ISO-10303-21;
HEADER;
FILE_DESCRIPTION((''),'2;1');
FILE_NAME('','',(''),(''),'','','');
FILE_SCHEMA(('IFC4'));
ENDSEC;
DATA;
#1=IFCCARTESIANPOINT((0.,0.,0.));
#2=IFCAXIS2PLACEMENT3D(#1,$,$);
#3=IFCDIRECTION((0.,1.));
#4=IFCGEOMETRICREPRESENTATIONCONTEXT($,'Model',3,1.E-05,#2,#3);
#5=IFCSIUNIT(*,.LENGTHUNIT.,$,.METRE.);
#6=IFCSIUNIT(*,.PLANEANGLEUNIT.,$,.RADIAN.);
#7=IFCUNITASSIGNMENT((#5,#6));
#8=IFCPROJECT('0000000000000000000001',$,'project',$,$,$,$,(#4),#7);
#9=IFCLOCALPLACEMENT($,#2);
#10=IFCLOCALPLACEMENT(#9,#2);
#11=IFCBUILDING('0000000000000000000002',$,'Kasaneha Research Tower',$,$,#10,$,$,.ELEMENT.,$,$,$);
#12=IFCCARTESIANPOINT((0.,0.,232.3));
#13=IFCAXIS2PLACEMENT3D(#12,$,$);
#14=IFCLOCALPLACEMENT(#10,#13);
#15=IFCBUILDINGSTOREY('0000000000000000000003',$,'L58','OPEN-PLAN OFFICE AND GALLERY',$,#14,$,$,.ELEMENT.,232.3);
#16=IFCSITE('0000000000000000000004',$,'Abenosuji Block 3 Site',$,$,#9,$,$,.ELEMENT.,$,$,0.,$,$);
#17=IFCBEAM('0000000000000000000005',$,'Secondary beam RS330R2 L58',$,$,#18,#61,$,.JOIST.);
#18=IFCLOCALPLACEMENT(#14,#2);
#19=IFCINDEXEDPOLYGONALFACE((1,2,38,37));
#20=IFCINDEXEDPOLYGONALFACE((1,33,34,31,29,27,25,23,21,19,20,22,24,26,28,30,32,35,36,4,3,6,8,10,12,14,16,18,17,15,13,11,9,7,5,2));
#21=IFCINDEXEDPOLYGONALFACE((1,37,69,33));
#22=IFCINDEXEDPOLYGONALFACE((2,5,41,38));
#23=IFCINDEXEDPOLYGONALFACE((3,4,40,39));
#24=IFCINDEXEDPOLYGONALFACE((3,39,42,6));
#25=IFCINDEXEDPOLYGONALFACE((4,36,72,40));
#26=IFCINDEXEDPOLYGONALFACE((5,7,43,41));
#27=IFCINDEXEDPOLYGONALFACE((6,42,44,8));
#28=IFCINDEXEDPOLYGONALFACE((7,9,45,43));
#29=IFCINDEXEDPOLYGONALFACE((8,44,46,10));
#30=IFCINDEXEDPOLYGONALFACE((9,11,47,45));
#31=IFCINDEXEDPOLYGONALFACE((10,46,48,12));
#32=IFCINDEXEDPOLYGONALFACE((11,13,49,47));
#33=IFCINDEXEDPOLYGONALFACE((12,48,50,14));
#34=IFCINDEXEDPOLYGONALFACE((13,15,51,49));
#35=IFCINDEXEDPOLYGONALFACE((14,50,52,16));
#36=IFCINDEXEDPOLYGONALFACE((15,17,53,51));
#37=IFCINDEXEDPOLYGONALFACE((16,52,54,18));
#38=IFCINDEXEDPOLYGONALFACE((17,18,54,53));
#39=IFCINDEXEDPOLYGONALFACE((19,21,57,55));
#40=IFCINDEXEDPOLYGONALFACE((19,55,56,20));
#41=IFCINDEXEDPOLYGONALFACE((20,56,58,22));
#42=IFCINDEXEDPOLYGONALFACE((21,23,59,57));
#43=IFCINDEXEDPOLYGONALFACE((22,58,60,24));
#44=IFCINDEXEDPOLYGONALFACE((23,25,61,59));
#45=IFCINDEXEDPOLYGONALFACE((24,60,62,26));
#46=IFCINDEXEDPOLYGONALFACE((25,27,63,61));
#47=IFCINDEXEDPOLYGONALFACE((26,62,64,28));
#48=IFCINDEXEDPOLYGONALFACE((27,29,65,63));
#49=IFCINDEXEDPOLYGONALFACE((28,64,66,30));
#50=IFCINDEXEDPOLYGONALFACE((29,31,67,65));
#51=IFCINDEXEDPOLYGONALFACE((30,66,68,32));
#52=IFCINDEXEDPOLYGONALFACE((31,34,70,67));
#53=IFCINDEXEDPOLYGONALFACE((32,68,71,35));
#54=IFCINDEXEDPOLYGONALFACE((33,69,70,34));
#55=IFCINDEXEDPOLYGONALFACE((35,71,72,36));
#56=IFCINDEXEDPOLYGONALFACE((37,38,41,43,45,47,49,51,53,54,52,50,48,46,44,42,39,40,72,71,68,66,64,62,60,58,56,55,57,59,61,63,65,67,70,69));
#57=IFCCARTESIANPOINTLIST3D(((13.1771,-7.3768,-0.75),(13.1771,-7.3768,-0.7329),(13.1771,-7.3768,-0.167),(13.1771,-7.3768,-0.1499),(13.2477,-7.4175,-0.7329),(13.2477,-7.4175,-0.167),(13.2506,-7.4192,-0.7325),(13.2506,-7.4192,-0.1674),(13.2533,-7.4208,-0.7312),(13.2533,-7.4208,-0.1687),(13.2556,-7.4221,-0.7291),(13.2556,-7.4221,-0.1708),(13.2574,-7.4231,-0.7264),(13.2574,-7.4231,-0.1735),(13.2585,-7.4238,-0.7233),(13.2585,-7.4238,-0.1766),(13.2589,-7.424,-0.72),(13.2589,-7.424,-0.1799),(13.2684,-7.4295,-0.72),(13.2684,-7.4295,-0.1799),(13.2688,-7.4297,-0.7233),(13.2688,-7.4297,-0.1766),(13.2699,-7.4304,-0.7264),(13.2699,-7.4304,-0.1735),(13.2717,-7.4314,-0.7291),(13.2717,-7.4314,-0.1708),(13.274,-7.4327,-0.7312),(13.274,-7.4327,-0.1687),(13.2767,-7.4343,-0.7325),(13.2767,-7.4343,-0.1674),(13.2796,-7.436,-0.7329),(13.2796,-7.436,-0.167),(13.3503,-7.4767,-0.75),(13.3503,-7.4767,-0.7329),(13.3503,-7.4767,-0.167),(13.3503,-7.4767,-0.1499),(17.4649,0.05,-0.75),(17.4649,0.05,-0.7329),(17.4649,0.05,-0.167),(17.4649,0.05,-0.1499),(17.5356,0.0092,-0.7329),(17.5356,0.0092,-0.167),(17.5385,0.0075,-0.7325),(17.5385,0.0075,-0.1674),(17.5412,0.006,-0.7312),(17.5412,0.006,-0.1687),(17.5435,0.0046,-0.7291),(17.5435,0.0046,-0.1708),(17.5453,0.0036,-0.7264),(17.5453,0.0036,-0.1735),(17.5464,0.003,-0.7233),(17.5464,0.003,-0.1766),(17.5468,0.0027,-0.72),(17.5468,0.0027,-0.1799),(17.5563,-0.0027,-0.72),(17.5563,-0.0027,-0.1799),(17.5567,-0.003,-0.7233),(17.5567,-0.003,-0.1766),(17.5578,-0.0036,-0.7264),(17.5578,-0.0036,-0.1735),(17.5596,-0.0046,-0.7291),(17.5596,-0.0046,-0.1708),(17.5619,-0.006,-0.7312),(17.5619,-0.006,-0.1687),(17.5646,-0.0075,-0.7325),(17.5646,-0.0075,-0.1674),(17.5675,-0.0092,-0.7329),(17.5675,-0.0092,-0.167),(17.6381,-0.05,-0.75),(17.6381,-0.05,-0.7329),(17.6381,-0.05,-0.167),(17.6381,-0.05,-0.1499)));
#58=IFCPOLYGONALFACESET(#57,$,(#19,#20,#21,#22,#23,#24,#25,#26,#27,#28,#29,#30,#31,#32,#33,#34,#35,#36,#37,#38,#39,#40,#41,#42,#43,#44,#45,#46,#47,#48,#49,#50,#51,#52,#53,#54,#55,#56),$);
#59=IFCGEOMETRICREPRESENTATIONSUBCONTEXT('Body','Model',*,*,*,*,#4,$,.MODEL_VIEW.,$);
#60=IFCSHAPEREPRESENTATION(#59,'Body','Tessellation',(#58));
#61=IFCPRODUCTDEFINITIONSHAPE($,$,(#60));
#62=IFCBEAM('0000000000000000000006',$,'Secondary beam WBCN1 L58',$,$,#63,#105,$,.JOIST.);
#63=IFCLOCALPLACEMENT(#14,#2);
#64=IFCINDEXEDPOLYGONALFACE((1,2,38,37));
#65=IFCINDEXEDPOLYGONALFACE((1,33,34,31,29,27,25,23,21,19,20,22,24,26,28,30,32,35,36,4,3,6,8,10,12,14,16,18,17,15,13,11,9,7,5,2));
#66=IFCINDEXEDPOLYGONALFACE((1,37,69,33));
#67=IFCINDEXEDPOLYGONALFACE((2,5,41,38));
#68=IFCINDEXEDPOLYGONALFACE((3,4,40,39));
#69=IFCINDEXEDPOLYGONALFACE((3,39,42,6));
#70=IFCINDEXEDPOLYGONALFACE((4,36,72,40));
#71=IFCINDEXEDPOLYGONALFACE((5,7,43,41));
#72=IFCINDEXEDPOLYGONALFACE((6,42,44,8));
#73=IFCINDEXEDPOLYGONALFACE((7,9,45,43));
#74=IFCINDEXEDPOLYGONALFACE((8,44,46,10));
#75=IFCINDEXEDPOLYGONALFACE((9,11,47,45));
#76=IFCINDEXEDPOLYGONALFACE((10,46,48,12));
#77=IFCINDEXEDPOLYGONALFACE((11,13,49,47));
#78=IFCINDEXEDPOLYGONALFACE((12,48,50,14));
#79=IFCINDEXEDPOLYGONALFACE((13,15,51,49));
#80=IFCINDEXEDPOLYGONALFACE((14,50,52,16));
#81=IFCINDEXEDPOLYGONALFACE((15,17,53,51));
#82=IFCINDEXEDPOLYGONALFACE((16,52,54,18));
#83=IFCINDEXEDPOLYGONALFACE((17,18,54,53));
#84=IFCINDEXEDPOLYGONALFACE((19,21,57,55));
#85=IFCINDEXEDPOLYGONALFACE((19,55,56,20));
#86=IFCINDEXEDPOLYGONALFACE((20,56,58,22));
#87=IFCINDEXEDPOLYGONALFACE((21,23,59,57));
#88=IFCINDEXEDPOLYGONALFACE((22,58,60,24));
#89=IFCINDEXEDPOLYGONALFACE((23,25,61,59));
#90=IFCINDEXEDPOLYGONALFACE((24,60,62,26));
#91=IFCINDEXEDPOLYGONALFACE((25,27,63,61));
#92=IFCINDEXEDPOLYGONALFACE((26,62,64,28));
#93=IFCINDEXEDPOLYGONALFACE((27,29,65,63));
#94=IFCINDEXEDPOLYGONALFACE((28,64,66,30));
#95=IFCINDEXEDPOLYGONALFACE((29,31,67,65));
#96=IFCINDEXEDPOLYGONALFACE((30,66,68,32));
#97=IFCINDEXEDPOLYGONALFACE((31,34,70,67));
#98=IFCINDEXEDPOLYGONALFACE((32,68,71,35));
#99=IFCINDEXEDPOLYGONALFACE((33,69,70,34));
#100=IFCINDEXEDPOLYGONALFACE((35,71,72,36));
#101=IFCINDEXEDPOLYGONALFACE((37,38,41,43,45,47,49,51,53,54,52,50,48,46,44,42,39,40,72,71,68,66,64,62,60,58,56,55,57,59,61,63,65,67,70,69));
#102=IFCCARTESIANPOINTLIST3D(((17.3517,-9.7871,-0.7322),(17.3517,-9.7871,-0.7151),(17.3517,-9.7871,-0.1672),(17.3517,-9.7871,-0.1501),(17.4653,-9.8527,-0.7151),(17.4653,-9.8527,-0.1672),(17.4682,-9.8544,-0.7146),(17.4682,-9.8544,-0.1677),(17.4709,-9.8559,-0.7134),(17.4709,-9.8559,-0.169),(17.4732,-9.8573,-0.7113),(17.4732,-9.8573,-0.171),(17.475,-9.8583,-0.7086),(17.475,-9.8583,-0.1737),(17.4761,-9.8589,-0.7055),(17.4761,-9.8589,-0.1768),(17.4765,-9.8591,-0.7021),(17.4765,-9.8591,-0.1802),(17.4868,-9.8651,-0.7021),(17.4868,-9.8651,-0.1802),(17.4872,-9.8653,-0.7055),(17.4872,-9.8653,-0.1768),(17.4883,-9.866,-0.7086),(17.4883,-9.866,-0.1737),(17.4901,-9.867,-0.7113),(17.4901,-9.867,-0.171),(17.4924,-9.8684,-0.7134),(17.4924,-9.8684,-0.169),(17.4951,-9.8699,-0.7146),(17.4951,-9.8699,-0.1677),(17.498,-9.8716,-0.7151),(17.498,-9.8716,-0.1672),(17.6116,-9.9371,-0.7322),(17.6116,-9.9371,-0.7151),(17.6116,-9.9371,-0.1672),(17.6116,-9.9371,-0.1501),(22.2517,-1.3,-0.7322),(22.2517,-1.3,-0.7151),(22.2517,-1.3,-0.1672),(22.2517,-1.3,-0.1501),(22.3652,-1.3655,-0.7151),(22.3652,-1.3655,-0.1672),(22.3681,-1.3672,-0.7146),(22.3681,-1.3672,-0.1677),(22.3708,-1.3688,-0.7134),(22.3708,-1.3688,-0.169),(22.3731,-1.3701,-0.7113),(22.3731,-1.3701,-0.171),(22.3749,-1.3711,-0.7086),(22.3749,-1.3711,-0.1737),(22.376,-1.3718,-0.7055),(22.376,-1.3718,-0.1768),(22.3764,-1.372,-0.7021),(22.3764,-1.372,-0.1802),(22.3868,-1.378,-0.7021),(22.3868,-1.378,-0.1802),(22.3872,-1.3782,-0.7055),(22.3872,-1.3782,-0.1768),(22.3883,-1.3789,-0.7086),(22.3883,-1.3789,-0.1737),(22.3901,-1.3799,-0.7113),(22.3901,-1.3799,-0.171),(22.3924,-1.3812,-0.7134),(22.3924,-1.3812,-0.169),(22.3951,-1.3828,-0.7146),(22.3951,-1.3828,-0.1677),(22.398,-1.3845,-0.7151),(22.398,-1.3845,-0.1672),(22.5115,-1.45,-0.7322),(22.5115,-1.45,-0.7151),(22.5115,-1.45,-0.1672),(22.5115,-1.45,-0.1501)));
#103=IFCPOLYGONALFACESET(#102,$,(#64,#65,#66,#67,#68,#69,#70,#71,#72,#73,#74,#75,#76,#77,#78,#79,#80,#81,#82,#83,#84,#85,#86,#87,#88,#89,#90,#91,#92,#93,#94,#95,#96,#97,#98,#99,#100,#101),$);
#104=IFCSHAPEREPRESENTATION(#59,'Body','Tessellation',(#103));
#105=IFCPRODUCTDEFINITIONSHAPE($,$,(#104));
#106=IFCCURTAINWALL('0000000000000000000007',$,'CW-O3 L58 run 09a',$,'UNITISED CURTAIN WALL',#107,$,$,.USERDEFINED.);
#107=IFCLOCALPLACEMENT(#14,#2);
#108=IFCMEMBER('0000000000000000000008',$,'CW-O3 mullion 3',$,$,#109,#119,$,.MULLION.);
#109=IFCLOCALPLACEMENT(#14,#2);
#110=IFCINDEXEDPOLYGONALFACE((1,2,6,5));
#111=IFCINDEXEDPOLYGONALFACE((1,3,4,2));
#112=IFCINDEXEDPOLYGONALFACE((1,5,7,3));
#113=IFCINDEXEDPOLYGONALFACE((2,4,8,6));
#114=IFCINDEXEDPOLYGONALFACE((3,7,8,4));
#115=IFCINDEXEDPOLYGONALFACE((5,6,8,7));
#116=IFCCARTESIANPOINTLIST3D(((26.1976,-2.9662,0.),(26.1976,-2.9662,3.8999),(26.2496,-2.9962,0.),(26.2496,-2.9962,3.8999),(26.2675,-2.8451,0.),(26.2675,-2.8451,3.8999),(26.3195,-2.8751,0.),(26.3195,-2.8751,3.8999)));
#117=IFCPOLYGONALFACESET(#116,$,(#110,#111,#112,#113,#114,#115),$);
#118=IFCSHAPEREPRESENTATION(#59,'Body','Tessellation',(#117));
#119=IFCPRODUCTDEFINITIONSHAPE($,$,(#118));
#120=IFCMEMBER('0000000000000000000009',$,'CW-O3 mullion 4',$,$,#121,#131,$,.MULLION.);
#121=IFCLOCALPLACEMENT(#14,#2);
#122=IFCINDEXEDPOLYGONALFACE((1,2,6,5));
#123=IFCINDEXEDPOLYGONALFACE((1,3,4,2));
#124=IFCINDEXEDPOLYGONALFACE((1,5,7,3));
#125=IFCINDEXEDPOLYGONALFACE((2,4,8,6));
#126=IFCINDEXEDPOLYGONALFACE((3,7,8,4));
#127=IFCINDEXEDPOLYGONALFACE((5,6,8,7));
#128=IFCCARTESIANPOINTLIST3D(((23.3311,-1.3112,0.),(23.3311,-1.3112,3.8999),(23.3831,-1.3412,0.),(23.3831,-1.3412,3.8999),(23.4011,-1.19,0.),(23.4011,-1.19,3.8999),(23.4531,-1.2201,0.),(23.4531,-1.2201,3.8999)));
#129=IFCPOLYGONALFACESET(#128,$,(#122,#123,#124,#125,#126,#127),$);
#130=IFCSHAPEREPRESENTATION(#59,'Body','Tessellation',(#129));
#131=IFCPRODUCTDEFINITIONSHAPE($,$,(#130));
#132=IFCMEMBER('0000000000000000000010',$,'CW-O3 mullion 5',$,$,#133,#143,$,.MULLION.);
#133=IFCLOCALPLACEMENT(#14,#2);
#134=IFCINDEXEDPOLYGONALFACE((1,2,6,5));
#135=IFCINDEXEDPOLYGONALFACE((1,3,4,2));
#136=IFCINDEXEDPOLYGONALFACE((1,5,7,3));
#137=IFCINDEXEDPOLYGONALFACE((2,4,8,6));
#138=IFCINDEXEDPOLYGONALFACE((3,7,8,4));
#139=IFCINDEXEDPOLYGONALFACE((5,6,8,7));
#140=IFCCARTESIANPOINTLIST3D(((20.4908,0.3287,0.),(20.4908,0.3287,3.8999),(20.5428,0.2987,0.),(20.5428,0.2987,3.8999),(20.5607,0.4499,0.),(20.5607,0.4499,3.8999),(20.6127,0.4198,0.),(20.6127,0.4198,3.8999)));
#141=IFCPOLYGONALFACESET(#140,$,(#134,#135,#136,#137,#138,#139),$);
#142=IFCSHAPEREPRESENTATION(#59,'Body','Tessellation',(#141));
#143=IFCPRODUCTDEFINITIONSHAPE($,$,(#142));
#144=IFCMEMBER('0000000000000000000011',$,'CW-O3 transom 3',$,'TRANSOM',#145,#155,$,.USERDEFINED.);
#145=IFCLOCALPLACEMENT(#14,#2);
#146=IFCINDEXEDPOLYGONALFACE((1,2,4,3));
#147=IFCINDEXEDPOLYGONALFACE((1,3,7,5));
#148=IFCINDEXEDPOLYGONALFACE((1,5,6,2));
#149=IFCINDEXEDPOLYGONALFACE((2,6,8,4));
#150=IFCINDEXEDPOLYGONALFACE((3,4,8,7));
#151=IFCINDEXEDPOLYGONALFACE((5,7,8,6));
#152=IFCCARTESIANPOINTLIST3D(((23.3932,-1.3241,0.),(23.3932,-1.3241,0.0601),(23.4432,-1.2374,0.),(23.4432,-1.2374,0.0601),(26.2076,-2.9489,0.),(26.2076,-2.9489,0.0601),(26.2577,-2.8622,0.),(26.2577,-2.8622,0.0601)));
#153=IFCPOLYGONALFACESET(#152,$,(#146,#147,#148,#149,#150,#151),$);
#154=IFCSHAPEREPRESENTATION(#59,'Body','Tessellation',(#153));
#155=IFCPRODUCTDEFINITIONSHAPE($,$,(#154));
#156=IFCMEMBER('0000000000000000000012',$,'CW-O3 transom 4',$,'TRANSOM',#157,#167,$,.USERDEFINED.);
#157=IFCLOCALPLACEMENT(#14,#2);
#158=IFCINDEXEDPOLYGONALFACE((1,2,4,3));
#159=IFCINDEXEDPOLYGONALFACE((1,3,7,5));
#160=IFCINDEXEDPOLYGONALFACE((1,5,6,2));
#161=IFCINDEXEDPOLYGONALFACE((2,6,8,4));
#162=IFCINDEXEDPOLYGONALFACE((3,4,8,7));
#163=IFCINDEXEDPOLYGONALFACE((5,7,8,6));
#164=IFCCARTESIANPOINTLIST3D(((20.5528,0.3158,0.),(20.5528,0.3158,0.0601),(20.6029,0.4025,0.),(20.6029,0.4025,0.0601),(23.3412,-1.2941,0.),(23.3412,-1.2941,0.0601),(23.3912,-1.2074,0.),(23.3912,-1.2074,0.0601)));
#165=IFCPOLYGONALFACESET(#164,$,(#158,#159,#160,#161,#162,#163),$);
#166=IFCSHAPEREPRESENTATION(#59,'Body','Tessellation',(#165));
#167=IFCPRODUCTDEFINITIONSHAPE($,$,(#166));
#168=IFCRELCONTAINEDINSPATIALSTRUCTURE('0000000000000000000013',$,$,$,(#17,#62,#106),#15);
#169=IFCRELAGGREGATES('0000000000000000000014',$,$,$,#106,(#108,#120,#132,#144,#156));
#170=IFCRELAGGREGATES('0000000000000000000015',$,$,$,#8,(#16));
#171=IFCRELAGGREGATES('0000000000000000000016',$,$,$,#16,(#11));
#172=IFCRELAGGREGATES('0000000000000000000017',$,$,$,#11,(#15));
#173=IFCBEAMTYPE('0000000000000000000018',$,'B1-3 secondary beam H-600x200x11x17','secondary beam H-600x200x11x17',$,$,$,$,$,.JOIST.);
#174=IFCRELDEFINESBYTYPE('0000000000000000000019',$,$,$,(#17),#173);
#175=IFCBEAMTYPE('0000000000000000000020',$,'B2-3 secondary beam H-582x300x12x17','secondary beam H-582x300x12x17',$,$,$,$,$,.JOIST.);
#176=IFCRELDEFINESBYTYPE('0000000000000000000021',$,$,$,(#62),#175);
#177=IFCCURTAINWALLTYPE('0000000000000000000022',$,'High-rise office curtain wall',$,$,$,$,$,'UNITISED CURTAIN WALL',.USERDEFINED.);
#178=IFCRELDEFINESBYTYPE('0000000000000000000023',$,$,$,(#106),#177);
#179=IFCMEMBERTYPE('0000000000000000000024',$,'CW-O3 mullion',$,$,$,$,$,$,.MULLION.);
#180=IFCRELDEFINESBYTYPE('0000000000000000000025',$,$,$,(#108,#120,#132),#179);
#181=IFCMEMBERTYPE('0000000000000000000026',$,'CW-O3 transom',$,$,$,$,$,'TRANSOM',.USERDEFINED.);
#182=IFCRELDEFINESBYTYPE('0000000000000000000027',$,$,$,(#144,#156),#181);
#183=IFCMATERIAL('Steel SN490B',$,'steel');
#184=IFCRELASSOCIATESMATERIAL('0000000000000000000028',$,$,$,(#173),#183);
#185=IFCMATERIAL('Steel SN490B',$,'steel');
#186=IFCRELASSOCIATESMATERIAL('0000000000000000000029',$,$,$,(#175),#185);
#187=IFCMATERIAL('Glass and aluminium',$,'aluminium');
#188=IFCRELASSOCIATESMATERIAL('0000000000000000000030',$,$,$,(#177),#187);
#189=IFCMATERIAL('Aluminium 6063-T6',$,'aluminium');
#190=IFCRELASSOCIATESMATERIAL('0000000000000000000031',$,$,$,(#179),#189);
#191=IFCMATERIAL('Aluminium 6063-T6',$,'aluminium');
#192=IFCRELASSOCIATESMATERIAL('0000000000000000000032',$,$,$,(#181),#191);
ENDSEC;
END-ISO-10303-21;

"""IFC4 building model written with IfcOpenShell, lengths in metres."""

from ifc_helpers import new_model, si_unit, direction, frame, origin, origin_2d, place, context, subcontext, project, spatial, rectangle, i_section, extrude, material, material_profile, profile_set, type_object, element, aggregate, save


model = new_model("IFC4")

# Units and contexts
model_context = context("Model", 3, precision=1e-05, world=origin(), true_north=direction((0.0, 1.0)))
body_context = subcontext(model_context, "Body", "Model", "MODEL_VIEW")
ifc_project = project(units=[si_unit("LENGTHUNIT", "METRE"), si_unit("PLANEANGLEUNIT", "RADIAN")], contexts=[model_context])

# Site, building, storey
site_placement = place(None, origin())
site = spatial("IfcSite", under=ifc_project, at=site_placement, Name="Abenosuji Block 3 Site", CompositionType="ELEMENT", RefElevation=0.0)
building_placement = place(site_placement, origin())
building = spatial("IfcBuilding", under=site, at=building_placement, Name="Kasaneha Research Tower", CompositionType="ELEMENT")
storey_placement = place(building_placement, frame((0.0, 0.0, 232.3)))
storey = spatial("IfcBuildingStorey", under=building, at=storey_placement, Name="L58", Description="OPEN-PLAN OFFICE AND GALLERY", CompositionType="ELEMENT", Elevation=232.3)

# Beams
ifc_material_1 = material(Name="Steel SN490B", Category="steel")
ifc_material_profile_1 = material_profile(ifc_material_1, i_section(OverallWidth=0.2, OverallDepth=0.6001, WebThickness=0.011, FlangeThickness=0.0171, FilletRadius=0.0129, at=origin_2d()), Name="H-600x200x11x17")
ifc_profile_set_1 = profile_set([ifc_material_profile_1], Name="Steel SN490B")
beam_type_1 = type_object("IfcBeamType", Name="B1-3 secondary beam H-600x200x11x17", Description="secondary beam H-600x200x11x17", PredefinedType="JOIST", material=ifc_profile_set_1)
beam_1_placement = place(storey_placement, frame((17.5515, 0.0, -0.45), z_axis=(-0.5, -0.866025, 0.0), x_axis=(0.866025, -0.5, 0.0)))
element("IfcBeam", 1, at=beam_1_placement, inside=storey, type_object=beam_type_1, Name="Secondary beam RS330R2 L58", PredefinedType="JOIST", context=body_context, shape_type="SweptSolid", body=[
    extrude(i_section(OverallWidth=0.2, OverallDepth=0.6001, WebThickness=0.011, FlangeThickness=0.0171, FilletRadius=0.0129, at=origin_2d()), origin(), (0.0, 0.0, 1.0), 8.5757),
])
ifc_material_2 = material(Name="Steel SN490B", Category="steel")
ifc_material_profile_2 = material_profile(ifc_material_2, i_section(OverallWidth=0.3, OverallDepth=0.582, WebThickness=0.012, FlangeThickness=0.0171, FilletRadius=0.0129, at=origin_2d()), Name="H-582x300x12x17")
ifc_profile_set_2 = profile_set([ifc_material_profile_2], Name="Steel SN490B")
beam_type_2 = type_object("IfcBeamType", Name="B2-3 secondary beam H-582x300x12x17", Description="secondary beam H-582x300x12x17", PredefinedType="JOIST", material=ifc_profile_set_2)
beam_2_placement = place(storey_placement, frame((22.3816, -1.375, -0.4412), z_axis=(-0.499992, -0.86603, 0.0), x_axis=(0.86603, -0.499992, 0.0)))
element("IfcBeam", 2, at=beam_2_placement, inside=storey, type_object=beam_type_2, Name="Secondary beam WBCN1 L58", PredefinedType="JOIST", context=body_context, shape_type="SweptSolid", body=[
    extrude(i_section(OverallWidth=0.3, OverallDepth=0.582, WebThickness=0.012, FlangeThickness=0.0171, FilletRadius=0.0129, at=origin_2d()), origin(), (0.0, 0.0, 1.0), 9.8),
])

# Curtain wall, members
ifc_material_3 = material(Name="Glass and aluminium", Category="aluminium")
curtain_wall_type = type_object("IfcCurtainWallType", Name="High-rise office curtain wall", ElementType="UNITISED CURTAIN WALL", PredefinedType="USERDEFINED", material=ifc_material_3)
curtain_wall_placement = place(storey_placement, origin())
curtain_wall = element("IfcCurtainWall", 3, at=curtain_wall_placement, inside=storey, type_object=curtain_wall_type, Name="CW-O3 L58 run 09a", ObjectType="UNITISED CURTAIN WALL", PredefinedType="USERDEFINED")
ifc_material_4 = material(Name="Aluminium 6063-T6", Category="aluminium")
ifc_material_profile_3 = material_profile(ifc_material_4, rectangle(XDim=0.0601, YDim=0.1399, at=origin_2d()), Name="CW-O3 mullion 60x140")
ifc_profile_set_3 = profile_set([ifc_material_profile_3], Name="Aluminium 6063-T6")
member_type_1 = type_object("IfcMemberType", Name="CW-O3 mullion", PredefinedType="MULLION", material=ifc_profile_set_3)
member_1_placement = place(storey_placement, frame((26.2585, -2.9207, 0.0), z_axis=(0.0, 0.0, 1.0), x_axis=(-0.866025, 0.5, 0.0)))
member_1 = element("IfcMember", 4, at=member_1_placement, type_object=member_type_1, Name="CW-O3 mullion 3", PredefinedType="MULLION", context=body_context, shape_type="SweptSolid", body=[
    extrude(rectangle(XDim=0.0601, YDim=0.1399, at=origin_2d()), origin(), (0.0, 0.0, 1.0), 3.8999),
])
member_2_placement = place(storey_placement, frame((23.3921, -1.2656, 0.0), z_axis=(0.0, 0.0, 1.0), x_axis=(-0.866025, 0.5, 0.0)))
member_2 = element("IfcMember", 5, at=member_2_placement, type_object=member_type_1, Name="CW-O3 mullion 4", PredefinedType="MULLION", context=body_context, shape_type="SweptSolid", body=[
    extrude(rectangle(XDim=0.0601, YDim=0.1399, at=origin_2d()), origin(), (0.0, 0.0, 1.0), 3.8999),
])
member_3_placement = place(storey_placement, frame((20.5518, 0.3743, 0.0), z_axis=(0.0, 0.0, 1.0), x_axis=(-0.866025, 0.5, 0.0)))
member_3 = element("IfcMember", 6, at=member_3_placement, type_object=member_type_1, Name="CW-O3 mullion 5", PredefinedType="MULLION", context=body_context, shape_type="SweptSolid", body=[
    extrude(rectangle(XDim=0.0601, YDim=0.1399, at=origin_2d()), origin(), (0.0, 0.0, 1.0), 3.8999),
])
ifc_material_5 = material(Name="Aluminium 6063-T6", Category="aluminium")
ifc_material_profile_4 = material_profile(ifc_material_5, rectangle(XDim=0.1001, YDim=0.0601, at=origin_2d()), Name="CW-O3 transom 100x60")
ifc_profile_set_4 = profile_set([ifc_material_profile_4], Name="Aluminium 6063-T6")
member_type_2 = type_object("IfcMemberType", Name="CW-O3 transom", ElementType="TRANSOM", PredefinedType="USERDEFINED", material=ifc_profile_set_4)
member_4_placement = place(storey_placement, frame((26.2327, -2.9055, 0.03), z_axis=(-0.866048, 0.499961, 0.0), x_axis=(-0.499961, -0.866048, 0.0)))
member_4 = element("IfcMember", 7, at=member_4_placement, type_object=member_type_2, Name="CW-O3 transom 3", ObjectType="TRANSOM", PredefinedType="USERDEFINED", context=body_context, shape_type="SweptSolid", body=[
    extrude(rectangle(XDim=0.1001, YDim=0.0601, at=origin_2d()), origin(), (0.0, 0.0, 1.0), 3.2498),
])
member_5_placement = place(storey_placement, frame((23.3662, -1.2507, 0.03), z_axis=(-0.866023, 0.500005, 0.0), x_axis=(-0.500005, -0.866023, 0.0)))
member_5 = element("IfcMember", 8, at=member_5_placement, type_object=member_type_2, Name="CW-O3 transom 4", ObjectType="TRANSOM", PredefinedType="USERDEFINED", context=body_context, shape_type="SweptSolid", body=[
    extrude(rectangle(XDim=0.1001, YDim=0.0601, at=origin_2d()), origin(), (0.0, 0.0, 1.0), 3.2197),
])

aggregate(curtain_wall, [member_1, member_2, member_3, member_4, member_5])

save(model, "model.ifc")
